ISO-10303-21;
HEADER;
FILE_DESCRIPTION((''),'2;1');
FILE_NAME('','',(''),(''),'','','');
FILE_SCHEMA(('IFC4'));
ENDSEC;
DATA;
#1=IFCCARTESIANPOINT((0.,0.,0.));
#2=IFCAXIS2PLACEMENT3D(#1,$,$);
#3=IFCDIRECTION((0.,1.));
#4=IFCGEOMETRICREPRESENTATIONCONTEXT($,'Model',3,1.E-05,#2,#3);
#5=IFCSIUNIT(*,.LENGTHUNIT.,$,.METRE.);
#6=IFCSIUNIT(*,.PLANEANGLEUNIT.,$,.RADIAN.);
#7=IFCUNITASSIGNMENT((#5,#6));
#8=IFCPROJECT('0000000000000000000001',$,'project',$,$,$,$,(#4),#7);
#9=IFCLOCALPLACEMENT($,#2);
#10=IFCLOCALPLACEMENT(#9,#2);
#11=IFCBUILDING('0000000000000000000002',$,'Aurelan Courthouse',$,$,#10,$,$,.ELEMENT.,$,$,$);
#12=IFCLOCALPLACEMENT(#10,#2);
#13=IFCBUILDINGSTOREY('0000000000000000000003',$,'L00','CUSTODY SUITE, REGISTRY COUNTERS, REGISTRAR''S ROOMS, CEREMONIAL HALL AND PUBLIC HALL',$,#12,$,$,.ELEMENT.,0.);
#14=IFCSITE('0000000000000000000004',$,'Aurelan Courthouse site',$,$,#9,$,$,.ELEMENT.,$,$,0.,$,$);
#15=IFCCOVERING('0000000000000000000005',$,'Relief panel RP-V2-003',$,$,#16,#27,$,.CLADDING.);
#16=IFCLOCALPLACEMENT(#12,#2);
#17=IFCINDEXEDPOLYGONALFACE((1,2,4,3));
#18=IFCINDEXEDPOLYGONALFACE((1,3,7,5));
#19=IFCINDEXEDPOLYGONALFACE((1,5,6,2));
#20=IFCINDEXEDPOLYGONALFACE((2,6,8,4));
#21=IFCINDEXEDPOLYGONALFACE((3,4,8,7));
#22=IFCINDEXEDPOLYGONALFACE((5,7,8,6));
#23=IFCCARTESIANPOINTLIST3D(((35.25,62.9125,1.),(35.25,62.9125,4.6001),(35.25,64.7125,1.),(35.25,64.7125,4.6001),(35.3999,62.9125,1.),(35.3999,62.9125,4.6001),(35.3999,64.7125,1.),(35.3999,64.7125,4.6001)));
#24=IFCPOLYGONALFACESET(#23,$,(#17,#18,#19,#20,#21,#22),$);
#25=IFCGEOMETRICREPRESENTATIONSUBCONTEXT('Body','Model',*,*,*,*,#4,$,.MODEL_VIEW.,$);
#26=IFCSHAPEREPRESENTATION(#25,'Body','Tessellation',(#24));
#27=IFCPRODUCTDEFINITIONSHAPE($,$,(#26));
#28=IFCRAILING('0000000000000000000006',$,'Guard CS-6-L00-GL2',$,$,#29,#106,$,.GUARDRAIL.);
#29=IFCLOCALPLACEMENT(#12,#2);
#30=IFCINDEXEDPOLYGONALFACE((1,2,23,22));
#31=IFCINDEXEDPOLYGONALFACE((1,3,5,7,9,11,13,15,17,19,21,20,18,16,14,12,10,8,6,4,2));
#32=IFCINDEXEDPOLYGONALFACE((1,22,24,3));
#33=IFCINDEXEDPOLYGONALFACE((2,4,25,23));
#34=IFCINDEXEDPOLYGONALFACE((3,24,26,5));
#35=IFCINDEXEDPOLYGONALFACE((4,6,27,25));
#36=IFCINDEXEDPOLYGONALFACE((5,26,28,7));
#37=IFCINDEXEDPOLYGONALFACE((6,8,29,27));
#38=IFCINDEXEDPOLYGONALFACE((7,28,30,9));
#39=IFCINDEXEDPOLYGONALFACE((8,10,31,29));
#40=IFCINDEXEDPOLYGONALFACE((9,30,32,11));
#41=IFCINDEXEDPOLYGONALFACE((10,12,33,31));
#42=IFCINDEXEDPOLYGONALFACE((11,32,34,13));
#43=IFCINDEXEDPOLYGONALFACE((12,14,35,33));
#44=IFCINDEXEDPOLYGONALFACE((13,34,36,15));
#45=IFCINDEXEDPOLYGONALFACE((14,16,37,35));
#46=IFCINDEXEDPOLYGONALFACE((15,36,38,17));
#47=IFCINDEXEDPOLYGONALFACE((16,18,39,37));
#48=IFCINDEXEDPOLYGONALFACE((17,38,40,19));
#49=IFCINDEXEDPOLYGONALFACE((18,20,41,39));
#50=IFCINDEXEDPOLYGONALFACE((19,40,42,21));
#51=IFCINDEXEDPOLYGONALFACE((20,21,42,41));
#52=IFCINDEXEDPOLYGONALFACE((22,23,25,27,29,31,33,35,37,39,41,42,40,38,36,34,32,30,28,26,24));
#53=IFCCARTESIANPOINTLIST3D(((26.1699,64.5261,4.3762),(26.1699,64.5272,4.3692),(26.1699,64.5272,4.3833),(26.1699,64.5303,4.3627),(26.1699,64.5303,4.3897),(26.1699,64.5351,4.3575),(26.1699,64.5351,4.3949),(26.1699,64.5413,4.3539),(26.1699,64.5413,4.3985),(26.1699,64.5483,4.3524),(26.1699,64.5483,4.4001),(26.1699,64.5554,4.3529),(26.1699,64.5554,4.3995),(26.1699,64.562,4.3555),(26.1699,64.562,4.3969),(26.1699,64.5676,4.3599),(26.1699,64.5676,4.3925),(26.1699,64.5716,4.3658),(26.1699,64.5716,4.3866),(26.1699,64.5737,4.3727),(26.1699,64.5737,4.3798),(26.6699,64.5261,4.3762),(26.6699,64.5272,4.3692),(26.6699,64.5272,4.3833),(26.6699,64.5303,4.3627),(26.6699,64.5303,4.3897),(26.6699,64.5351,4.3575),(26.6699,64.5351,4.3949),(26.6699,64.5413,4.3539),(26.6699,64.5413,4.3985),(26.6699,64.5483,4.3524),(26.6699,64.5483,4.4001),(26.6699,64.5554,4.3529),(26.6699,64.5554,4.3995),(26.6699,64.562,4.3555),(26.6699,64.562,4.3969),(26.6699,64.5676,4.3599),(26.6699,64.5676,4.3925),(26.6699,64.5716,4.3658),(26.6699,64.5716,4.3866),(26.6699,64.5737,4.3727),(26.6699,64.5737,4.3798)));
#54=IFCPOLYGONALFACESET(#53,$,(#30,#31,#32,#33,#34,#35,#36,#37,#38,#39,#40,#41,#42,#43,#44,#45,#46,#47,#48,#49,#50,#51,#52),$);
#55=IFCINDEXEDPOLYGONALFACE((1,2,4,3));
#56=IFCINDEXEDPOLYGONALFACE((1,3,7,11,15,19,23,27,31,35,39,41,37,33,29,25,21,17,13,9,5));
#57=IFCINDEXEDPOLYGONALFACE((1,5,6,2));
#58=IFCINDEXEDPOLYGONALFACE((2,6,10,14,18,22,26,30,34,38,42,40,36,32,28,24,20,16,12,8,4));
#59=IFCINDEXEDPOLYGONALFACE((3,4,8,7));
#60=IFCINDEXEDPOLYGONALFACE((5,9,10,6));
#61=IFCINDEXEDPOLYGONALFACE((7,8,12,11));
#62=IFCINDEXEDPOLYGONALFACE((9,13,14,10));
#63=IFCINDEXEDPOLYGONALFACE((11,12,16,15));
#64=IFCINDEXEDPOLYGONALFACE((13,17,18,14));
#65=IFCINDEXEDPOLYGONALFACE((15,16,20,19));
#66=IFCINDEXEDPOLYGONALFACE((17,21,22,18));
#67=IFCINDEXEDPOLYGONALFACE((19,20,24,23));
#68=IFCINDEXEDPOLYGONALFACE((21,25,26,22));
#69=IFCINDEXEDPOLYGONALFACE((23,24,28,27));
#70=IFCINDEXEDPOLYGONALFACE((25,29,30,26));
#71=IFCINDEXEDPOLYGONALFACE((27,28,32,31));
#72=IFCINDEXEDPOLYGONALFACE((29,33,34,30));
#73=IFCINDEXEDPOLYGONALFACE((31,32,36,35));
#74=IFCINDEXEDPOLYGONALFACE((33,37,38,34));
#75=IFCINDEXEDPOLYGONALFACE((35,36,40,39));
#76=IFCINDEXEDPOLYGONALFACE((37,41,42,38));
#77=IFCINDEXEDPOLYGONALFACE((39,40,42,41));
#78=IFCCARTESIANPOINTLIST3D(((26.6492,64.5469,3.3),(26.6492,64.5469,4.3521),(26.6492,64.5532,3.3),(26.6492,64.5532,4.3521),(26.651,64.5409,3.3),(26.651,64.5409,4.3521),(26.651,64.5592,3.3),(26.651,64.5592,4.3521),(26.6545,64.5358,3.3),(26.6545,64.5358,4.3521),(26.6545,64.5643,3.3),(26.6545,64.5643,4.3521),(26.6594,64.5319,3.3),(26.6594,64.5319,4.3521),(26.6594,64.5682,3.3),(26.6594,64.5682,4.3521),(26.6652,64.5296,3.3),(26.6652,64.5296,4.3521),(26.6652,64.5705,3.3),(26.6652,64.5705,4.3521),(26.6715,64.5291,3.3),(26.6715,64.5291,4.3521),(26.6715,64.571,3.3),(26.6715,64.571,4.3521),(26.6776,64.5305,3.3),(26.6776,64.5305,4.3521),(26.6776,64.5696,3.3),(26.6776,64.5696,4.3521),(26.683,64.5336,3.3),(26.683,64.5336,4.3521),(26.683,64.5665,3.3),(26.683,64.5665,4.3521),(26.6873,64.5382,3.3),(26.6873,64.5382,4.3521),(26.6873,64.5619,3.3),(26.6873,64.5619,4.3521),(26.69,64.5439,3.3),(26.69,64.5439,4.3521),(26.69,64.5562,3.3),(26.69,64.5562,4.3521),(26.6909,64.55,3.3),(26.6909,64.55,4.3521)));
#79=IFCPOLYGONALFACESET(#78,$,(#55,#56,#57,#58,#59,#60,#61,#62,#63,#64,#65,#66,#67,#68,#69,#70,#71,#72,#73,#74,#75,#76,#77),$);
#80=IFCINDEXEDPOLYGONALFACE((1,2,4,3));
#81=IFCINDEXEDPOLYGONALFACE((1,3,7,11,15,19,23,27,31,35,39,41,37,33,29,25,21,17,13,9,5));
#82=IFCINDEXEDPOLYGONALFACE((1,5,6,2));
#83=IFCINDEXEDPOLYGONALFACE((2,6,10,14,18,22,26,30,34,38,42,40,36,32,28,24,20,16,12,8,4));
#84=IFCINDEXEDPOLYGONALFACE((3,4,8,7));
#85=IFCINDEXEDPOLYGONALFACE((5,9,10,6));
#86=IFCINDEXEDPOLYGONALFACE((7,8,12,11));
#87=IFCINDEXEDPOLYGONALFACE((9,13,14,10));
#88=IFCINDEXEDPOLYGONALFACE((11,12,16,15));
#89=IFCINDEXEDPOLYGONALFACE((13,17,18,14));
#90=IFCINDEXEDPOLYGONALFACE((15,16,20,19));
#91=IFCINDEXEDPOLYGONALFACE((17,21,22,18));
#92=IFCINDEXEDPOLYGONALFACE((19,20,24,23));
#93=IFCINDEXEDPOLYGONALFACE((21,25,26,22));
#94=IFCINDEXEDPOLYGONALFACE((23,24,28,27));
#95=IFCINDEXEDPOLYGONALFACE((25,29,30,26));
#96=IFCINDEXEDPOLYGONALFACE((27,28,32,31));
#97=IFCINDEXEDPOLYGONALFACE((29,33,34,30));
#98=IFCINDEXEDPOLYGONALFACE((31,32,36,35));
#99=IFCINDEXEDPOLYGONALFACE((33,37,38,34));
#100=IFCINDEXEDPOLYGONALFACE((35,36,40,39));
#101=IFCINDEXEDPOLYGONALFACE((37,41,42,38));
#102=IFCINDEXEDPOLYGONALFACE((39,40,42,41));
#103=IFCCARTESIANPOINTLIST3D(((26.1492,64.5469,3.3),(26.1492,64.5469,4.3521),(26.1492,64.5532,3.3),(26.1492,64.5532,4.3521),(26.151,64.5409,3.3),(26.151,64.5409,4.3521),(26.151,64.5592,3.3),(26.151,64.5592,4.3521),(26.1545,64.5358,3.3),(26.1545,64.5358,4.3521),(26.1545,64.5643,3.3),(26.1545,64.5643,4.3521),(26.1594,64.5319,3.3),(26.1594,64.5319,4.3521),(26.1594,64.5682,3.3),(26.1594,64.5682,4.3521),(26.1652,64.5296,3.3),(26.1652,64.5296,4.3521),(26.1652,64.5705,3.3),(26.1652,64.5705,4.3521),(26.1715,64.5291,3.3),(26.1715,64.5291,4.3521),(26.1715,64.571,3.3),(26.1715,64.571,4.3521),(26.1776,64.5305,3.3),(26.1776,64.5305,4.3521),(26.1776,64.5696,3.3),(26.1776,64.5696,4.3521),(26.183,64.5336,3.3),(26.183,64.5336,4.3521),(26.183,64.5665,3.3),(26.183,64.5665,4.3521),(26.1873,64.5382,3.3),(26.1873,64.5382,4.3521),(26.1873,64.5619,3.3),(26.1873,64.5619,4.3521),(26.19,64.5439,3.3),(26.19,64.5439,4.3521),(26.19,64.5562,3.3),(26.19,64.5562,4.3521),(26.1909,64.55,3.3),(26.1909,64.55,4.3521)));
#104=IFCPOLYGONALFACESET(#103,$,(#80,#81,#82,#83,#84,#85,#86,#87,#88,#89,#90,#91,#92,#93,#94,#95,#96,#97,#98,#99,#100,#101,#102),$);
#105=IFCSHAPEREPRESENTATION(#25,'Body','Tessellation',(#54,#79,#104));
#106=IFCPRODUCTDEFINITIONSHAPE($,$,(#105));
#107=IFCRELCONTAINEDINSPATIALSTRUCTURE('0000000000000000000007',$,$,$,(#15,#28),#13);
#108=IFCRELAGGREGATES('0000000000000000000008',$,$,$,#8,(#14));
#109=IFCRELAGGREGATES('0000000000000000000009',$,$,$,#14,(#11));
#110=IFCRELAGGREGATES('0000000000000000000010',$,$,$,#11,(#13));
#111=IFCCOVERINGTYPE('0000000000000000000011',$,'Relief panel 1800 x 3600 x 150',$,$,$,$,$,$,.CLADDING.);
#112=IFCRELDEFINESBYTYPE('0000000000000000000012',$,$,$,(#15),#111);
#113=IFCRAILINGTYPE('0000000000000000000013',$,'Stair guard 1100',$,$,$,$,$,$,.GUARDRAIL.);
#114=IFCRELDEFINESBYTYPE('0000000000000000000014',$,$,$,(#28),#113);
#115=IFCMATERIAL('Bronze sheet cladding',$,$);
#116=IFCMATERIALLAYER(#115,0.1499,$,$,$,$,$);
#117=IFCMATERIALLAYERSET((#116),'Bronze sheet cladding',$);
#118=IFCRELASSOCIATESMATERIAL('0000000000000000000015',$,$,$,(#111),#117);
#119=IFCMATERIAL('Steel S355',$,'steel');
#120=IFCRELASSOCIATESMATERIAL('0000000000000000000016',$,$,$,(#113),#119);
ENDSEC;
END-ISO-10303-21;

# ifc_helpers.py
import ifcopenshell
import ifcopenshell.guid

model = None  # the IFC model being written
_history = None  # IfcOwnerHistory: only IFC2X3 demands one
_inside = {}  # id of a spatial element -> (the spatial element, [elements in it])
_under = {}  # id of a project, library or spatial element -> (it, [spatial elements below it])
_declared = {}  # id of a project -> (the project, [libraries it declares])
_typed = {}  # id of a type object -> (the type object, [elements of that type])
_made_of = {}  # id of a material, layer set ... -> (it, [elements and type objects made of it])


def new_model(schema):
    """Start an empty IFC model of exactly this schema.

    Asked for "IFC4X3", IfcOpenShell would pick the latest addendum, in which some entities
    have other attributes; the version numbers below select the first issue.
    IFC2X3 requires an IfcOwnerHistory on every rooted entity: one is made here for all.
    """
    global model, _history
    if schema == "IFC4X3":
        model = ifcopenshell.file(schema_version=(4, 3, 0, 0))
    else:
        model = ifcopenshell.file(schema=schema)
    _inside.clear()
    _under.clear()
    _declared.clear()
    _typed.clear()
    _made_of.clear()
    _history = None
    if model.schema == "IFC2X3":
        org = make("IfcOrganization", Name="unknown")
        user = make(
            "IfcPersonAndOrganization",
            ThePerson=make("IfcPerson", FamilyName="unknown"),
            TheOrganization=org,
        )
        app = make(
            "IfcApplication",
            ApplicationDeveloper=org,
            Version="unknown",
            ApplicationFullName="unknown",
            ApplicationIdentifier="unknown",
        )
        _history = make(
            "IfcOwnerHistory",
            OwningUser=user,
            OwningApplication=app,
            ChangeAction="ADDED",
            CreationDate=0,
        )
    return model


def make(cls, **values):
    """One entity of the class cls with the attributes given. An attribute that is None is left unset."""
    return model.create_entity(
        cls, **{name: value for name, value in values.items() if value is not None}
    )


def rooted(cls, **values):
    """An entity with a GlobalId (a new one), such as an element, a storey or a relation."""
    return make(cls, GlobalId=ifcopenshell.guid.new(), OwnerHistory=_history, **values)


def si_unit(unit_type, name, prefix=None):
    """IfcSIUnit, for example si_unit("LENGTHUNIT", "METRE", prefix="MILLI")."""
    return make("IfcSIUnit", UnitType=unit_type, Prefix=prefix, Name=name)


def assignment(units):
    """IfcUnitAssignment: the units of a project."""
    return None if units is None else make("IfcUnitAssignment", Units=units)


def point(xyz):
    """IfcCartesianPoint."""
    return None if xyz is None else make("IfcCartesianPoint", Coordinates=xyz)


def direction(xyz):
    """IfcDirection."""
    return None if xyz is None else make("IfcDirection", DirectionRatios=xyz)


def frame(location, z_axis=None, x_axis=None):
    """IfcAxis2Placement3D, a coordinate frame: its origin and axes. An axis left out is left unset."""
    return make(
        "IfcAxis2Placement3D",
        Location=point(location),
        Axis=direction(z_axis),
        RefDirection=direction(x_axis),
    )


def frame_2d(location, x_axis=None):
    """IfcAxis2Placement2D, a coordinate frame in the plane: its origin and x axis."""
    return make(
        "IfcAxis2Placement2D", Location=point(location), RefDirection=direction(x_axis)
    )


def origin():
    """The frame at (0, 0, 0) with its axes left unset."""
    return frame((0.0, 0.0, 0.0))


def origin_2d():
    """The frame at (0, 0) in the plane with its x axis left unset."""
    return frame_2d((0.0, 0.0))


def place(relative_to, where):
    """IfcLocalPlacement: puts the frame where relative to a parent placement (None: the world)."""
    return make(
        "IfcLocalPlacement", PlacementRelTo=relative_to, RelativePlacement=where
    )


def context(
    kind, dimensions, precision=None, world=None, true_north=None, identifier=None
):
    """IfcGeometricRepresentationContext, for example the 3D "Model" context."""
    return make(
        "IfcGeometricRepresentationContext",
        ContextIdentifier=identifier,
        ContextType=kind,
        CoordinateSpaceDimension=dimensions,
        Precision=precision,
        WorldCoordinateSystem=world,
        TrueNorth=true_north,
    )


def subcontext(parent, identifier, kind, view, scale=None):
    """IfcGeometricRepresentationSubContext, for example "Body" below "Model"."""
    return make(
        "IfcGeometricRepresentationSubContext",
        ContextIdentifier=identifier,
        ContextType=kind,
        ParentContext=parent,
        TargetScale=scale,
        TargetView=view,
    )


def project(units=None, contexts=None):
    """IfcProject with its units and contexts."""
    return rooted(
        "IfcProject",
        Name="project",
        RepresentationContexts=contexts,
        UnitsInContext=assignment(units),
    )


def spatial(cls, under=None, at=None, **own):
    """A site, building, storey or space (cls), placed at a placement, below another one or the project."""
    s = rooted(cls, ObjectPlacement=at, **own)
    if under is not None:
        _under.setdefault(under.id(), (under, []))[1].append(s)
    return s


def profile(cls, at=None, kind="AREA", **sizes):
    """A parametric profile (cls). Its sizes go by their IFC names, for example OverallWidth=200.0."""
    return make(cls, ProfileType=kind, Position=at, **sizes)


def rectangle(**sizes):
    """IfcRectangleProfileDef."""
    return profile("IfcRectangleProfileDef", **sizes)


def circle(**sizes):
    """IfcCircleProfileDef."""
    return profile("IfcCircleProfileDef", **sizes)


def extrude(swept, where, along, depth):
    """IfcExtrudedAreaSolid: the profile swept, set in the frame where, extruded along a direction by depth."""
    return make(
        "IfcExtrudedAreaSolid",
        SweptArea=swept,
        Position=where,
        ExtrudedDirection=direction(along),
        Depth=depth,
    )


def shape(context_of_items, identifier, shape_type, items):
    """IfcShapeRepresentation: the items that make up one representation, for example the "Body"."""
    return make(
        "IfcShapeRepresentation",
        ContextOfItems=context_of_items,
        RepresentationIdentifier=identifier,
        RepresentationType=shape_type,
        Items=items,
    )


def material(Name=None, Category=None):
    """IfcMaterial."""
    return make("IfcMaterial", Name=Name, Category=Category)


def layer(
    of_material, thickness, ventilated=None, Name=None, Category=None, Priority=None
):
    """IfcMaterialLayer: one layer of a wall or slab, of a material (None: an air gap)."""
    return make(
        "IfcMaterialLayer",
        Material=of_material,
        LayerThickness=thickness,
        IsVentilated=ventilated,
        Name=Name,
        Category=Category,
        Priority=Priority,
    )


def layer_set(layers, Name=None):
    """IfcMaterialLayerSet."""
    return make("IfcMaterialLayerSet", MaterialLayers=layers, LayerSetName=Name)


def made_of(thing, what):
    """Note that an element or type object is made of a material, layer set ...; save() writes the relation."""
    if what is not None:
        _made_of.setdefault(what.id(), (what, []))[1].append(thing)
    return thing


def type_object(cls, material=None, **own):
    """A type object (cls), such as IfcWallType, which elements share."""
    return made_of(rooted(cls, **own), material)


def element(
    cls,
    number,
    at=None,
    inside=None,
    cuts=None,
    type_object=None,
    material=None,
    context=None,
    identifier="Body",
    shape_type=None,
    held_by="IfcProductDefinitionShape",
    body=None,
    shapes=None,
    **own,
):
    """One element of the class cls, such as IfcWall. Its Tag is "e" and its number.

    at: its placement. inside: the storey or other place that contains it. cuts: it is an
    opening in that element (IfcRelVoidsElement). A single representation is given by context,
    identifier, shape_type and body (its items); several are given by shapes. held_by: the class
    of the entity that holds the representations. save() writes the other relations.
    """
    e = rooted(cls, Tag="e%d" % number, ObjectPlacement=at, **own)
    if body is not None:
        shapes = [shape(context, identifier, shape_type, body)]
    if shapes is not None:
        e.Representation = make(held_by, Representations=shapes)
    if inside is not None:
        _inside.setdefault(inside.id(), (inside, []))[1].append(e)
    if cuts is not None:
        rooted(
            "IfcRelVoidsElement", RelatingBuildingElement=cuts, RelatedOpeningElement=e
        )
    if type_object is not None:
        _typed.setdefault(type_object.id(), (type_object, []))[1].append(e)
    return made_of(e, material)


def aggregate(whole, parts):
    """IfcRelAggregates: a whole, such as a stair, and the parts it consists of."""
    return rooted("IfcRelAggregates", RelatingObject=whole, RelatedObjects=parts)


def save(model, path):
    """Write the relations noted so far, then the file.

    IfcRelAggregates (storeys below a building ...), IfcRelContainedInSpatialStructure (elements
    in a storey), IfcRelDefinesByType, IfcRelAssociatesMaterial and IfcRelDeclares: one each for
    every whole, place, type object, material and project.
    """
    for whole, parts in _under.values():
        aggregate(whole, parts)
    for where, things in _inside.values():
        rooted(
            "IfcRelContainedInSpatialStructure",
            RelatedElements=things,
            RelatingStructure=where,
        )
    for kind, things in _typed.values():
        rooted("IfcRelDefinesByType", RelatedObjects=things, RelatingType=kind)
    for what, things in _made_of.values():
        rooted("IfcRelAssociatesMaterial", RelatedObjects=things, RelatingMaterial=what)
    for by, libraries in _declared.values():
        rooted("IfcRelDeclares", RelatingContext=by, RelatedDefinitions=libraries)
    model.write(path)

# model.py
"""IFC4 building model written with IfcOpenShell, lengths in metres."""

from ifc_helpers import new_model, si_unit, direction, frame, origin, origin_2d, place, context, subcontext, project, spatial, rectangle, circle, extrude, material, layer, layer_set, type_object, element, save


model = new_model("IFC4")

# Units and contexts
model_context = context("Model", 3, precision=1e-05, world=origin(), true_north=direction((0.0, 1.0)))
body_context = subcontext(model_context, "Body", "Model", "MODEL_VIEW")
ifc_project = project(units=[si_unit("LENGTHUNIT", "METRE"), si_unit("PLANEANGLEUNIT", "RADIAN")], contexts=[model_context])

# Site, building, storey
site_placement = place(None, origin())
site = spatial("IfcSite", under=ifc_project, at=site_placement, Name="Aurelan Courthouse site", CompositionType="ELEMENT", RefElevation=0.0)
building_placement = place(site_placement, origin())
building = spatial("IfcBuilding", under=site, at=building_placement, Name="Aurelan Courthouse", CompositionType="ELEMENT")
storey_placement = place(building_placement, origin())
storey = spatial("IfcBuildingStorey", under=building, at=storey_placement, Name="L00", Description="CUSTODY SUITE, REGISTRY COUNTERS, REGISTRAR'S ROOMS, CEREMONIAL HALL AND PUBLIC HALL", CompositionType="ELEMENT", Elevation=0.0)

# Covering
ifc_material_1 = material(Name="Bronze sheet cladding")
ifc_layer_1 = layer(ifc_material_1, 0.1499)
ifc_layer_set_1 = layer_set([ifc_layer_1], Name="Bronze sheet cladding")
covering_type_1 = type_object("IfcCoveringType", Name="Relief panel 1800 x 3600 x 150", PredefinedType="CLADDING", material=ifc_layer_set_1)
for number, where, z_axis, x_axis, name in (
    (1, (35.325, 63.8125, 1.0), (0.0, 0.0, 1.0), (1.0, 0.0, 0.0), "Relief panel RP-V2-003"),
):
    element("IfcCovering", number, at=place(storey_placement, frame(where, z_axis=z_axis, x_axis=x_axis)), inside=storey, type_object=covering_type_1, Name=name, PredefinedType="CLADDING", context=body_context, shape_type="SweptSolid", body=[
        extrude(rectangle(XDim=0.1499, YDim=1.8, at=origin_2d()), origin(), (0.0, 0.0, 1.0), 3.6001),
    ])

# Railing
ifc_material_2 = material(Name="Steel S355", Category="steel")
railing_type_1 = type_object("IfcRailingType", Name="Stair guard 1100", PredefinedType="GUARDRAIL", material=ifc_material_2)
railing_1_placement = place(storey_placement, frame((26.6699, 64.55, 3.3)))
element("IfcRailing", 2, at=railing_1_placement, inside=storey, type_object=railing_type_1, Name="Guard CS-6-L00-GL2", PredefinedType="GUARDRAIL", context=body_context, shape_type="SweptSolid", body=[
    extrude(circle(Radius=0.0239, at=origin_2d()), frame((0.0, 0.0, 1.0762), z_axis=(-1.0, 0.0, 0.0), x_axis=(0.0, -1.0, 0.0)), (0.0, 0.0, 1.0), 0.5),
    extrude(circle(Radius=0.021, at=origin_2d()), origin(), (0.0, 0.0, 1.0), 1.052),
    extrude(circle(Radius=0.021, at=origin_2d()), frame((-0.5, 0.0, 0.0)), (0.0, 0.0, 1.0), 1.052),
])

save(model, "model.ifc")
